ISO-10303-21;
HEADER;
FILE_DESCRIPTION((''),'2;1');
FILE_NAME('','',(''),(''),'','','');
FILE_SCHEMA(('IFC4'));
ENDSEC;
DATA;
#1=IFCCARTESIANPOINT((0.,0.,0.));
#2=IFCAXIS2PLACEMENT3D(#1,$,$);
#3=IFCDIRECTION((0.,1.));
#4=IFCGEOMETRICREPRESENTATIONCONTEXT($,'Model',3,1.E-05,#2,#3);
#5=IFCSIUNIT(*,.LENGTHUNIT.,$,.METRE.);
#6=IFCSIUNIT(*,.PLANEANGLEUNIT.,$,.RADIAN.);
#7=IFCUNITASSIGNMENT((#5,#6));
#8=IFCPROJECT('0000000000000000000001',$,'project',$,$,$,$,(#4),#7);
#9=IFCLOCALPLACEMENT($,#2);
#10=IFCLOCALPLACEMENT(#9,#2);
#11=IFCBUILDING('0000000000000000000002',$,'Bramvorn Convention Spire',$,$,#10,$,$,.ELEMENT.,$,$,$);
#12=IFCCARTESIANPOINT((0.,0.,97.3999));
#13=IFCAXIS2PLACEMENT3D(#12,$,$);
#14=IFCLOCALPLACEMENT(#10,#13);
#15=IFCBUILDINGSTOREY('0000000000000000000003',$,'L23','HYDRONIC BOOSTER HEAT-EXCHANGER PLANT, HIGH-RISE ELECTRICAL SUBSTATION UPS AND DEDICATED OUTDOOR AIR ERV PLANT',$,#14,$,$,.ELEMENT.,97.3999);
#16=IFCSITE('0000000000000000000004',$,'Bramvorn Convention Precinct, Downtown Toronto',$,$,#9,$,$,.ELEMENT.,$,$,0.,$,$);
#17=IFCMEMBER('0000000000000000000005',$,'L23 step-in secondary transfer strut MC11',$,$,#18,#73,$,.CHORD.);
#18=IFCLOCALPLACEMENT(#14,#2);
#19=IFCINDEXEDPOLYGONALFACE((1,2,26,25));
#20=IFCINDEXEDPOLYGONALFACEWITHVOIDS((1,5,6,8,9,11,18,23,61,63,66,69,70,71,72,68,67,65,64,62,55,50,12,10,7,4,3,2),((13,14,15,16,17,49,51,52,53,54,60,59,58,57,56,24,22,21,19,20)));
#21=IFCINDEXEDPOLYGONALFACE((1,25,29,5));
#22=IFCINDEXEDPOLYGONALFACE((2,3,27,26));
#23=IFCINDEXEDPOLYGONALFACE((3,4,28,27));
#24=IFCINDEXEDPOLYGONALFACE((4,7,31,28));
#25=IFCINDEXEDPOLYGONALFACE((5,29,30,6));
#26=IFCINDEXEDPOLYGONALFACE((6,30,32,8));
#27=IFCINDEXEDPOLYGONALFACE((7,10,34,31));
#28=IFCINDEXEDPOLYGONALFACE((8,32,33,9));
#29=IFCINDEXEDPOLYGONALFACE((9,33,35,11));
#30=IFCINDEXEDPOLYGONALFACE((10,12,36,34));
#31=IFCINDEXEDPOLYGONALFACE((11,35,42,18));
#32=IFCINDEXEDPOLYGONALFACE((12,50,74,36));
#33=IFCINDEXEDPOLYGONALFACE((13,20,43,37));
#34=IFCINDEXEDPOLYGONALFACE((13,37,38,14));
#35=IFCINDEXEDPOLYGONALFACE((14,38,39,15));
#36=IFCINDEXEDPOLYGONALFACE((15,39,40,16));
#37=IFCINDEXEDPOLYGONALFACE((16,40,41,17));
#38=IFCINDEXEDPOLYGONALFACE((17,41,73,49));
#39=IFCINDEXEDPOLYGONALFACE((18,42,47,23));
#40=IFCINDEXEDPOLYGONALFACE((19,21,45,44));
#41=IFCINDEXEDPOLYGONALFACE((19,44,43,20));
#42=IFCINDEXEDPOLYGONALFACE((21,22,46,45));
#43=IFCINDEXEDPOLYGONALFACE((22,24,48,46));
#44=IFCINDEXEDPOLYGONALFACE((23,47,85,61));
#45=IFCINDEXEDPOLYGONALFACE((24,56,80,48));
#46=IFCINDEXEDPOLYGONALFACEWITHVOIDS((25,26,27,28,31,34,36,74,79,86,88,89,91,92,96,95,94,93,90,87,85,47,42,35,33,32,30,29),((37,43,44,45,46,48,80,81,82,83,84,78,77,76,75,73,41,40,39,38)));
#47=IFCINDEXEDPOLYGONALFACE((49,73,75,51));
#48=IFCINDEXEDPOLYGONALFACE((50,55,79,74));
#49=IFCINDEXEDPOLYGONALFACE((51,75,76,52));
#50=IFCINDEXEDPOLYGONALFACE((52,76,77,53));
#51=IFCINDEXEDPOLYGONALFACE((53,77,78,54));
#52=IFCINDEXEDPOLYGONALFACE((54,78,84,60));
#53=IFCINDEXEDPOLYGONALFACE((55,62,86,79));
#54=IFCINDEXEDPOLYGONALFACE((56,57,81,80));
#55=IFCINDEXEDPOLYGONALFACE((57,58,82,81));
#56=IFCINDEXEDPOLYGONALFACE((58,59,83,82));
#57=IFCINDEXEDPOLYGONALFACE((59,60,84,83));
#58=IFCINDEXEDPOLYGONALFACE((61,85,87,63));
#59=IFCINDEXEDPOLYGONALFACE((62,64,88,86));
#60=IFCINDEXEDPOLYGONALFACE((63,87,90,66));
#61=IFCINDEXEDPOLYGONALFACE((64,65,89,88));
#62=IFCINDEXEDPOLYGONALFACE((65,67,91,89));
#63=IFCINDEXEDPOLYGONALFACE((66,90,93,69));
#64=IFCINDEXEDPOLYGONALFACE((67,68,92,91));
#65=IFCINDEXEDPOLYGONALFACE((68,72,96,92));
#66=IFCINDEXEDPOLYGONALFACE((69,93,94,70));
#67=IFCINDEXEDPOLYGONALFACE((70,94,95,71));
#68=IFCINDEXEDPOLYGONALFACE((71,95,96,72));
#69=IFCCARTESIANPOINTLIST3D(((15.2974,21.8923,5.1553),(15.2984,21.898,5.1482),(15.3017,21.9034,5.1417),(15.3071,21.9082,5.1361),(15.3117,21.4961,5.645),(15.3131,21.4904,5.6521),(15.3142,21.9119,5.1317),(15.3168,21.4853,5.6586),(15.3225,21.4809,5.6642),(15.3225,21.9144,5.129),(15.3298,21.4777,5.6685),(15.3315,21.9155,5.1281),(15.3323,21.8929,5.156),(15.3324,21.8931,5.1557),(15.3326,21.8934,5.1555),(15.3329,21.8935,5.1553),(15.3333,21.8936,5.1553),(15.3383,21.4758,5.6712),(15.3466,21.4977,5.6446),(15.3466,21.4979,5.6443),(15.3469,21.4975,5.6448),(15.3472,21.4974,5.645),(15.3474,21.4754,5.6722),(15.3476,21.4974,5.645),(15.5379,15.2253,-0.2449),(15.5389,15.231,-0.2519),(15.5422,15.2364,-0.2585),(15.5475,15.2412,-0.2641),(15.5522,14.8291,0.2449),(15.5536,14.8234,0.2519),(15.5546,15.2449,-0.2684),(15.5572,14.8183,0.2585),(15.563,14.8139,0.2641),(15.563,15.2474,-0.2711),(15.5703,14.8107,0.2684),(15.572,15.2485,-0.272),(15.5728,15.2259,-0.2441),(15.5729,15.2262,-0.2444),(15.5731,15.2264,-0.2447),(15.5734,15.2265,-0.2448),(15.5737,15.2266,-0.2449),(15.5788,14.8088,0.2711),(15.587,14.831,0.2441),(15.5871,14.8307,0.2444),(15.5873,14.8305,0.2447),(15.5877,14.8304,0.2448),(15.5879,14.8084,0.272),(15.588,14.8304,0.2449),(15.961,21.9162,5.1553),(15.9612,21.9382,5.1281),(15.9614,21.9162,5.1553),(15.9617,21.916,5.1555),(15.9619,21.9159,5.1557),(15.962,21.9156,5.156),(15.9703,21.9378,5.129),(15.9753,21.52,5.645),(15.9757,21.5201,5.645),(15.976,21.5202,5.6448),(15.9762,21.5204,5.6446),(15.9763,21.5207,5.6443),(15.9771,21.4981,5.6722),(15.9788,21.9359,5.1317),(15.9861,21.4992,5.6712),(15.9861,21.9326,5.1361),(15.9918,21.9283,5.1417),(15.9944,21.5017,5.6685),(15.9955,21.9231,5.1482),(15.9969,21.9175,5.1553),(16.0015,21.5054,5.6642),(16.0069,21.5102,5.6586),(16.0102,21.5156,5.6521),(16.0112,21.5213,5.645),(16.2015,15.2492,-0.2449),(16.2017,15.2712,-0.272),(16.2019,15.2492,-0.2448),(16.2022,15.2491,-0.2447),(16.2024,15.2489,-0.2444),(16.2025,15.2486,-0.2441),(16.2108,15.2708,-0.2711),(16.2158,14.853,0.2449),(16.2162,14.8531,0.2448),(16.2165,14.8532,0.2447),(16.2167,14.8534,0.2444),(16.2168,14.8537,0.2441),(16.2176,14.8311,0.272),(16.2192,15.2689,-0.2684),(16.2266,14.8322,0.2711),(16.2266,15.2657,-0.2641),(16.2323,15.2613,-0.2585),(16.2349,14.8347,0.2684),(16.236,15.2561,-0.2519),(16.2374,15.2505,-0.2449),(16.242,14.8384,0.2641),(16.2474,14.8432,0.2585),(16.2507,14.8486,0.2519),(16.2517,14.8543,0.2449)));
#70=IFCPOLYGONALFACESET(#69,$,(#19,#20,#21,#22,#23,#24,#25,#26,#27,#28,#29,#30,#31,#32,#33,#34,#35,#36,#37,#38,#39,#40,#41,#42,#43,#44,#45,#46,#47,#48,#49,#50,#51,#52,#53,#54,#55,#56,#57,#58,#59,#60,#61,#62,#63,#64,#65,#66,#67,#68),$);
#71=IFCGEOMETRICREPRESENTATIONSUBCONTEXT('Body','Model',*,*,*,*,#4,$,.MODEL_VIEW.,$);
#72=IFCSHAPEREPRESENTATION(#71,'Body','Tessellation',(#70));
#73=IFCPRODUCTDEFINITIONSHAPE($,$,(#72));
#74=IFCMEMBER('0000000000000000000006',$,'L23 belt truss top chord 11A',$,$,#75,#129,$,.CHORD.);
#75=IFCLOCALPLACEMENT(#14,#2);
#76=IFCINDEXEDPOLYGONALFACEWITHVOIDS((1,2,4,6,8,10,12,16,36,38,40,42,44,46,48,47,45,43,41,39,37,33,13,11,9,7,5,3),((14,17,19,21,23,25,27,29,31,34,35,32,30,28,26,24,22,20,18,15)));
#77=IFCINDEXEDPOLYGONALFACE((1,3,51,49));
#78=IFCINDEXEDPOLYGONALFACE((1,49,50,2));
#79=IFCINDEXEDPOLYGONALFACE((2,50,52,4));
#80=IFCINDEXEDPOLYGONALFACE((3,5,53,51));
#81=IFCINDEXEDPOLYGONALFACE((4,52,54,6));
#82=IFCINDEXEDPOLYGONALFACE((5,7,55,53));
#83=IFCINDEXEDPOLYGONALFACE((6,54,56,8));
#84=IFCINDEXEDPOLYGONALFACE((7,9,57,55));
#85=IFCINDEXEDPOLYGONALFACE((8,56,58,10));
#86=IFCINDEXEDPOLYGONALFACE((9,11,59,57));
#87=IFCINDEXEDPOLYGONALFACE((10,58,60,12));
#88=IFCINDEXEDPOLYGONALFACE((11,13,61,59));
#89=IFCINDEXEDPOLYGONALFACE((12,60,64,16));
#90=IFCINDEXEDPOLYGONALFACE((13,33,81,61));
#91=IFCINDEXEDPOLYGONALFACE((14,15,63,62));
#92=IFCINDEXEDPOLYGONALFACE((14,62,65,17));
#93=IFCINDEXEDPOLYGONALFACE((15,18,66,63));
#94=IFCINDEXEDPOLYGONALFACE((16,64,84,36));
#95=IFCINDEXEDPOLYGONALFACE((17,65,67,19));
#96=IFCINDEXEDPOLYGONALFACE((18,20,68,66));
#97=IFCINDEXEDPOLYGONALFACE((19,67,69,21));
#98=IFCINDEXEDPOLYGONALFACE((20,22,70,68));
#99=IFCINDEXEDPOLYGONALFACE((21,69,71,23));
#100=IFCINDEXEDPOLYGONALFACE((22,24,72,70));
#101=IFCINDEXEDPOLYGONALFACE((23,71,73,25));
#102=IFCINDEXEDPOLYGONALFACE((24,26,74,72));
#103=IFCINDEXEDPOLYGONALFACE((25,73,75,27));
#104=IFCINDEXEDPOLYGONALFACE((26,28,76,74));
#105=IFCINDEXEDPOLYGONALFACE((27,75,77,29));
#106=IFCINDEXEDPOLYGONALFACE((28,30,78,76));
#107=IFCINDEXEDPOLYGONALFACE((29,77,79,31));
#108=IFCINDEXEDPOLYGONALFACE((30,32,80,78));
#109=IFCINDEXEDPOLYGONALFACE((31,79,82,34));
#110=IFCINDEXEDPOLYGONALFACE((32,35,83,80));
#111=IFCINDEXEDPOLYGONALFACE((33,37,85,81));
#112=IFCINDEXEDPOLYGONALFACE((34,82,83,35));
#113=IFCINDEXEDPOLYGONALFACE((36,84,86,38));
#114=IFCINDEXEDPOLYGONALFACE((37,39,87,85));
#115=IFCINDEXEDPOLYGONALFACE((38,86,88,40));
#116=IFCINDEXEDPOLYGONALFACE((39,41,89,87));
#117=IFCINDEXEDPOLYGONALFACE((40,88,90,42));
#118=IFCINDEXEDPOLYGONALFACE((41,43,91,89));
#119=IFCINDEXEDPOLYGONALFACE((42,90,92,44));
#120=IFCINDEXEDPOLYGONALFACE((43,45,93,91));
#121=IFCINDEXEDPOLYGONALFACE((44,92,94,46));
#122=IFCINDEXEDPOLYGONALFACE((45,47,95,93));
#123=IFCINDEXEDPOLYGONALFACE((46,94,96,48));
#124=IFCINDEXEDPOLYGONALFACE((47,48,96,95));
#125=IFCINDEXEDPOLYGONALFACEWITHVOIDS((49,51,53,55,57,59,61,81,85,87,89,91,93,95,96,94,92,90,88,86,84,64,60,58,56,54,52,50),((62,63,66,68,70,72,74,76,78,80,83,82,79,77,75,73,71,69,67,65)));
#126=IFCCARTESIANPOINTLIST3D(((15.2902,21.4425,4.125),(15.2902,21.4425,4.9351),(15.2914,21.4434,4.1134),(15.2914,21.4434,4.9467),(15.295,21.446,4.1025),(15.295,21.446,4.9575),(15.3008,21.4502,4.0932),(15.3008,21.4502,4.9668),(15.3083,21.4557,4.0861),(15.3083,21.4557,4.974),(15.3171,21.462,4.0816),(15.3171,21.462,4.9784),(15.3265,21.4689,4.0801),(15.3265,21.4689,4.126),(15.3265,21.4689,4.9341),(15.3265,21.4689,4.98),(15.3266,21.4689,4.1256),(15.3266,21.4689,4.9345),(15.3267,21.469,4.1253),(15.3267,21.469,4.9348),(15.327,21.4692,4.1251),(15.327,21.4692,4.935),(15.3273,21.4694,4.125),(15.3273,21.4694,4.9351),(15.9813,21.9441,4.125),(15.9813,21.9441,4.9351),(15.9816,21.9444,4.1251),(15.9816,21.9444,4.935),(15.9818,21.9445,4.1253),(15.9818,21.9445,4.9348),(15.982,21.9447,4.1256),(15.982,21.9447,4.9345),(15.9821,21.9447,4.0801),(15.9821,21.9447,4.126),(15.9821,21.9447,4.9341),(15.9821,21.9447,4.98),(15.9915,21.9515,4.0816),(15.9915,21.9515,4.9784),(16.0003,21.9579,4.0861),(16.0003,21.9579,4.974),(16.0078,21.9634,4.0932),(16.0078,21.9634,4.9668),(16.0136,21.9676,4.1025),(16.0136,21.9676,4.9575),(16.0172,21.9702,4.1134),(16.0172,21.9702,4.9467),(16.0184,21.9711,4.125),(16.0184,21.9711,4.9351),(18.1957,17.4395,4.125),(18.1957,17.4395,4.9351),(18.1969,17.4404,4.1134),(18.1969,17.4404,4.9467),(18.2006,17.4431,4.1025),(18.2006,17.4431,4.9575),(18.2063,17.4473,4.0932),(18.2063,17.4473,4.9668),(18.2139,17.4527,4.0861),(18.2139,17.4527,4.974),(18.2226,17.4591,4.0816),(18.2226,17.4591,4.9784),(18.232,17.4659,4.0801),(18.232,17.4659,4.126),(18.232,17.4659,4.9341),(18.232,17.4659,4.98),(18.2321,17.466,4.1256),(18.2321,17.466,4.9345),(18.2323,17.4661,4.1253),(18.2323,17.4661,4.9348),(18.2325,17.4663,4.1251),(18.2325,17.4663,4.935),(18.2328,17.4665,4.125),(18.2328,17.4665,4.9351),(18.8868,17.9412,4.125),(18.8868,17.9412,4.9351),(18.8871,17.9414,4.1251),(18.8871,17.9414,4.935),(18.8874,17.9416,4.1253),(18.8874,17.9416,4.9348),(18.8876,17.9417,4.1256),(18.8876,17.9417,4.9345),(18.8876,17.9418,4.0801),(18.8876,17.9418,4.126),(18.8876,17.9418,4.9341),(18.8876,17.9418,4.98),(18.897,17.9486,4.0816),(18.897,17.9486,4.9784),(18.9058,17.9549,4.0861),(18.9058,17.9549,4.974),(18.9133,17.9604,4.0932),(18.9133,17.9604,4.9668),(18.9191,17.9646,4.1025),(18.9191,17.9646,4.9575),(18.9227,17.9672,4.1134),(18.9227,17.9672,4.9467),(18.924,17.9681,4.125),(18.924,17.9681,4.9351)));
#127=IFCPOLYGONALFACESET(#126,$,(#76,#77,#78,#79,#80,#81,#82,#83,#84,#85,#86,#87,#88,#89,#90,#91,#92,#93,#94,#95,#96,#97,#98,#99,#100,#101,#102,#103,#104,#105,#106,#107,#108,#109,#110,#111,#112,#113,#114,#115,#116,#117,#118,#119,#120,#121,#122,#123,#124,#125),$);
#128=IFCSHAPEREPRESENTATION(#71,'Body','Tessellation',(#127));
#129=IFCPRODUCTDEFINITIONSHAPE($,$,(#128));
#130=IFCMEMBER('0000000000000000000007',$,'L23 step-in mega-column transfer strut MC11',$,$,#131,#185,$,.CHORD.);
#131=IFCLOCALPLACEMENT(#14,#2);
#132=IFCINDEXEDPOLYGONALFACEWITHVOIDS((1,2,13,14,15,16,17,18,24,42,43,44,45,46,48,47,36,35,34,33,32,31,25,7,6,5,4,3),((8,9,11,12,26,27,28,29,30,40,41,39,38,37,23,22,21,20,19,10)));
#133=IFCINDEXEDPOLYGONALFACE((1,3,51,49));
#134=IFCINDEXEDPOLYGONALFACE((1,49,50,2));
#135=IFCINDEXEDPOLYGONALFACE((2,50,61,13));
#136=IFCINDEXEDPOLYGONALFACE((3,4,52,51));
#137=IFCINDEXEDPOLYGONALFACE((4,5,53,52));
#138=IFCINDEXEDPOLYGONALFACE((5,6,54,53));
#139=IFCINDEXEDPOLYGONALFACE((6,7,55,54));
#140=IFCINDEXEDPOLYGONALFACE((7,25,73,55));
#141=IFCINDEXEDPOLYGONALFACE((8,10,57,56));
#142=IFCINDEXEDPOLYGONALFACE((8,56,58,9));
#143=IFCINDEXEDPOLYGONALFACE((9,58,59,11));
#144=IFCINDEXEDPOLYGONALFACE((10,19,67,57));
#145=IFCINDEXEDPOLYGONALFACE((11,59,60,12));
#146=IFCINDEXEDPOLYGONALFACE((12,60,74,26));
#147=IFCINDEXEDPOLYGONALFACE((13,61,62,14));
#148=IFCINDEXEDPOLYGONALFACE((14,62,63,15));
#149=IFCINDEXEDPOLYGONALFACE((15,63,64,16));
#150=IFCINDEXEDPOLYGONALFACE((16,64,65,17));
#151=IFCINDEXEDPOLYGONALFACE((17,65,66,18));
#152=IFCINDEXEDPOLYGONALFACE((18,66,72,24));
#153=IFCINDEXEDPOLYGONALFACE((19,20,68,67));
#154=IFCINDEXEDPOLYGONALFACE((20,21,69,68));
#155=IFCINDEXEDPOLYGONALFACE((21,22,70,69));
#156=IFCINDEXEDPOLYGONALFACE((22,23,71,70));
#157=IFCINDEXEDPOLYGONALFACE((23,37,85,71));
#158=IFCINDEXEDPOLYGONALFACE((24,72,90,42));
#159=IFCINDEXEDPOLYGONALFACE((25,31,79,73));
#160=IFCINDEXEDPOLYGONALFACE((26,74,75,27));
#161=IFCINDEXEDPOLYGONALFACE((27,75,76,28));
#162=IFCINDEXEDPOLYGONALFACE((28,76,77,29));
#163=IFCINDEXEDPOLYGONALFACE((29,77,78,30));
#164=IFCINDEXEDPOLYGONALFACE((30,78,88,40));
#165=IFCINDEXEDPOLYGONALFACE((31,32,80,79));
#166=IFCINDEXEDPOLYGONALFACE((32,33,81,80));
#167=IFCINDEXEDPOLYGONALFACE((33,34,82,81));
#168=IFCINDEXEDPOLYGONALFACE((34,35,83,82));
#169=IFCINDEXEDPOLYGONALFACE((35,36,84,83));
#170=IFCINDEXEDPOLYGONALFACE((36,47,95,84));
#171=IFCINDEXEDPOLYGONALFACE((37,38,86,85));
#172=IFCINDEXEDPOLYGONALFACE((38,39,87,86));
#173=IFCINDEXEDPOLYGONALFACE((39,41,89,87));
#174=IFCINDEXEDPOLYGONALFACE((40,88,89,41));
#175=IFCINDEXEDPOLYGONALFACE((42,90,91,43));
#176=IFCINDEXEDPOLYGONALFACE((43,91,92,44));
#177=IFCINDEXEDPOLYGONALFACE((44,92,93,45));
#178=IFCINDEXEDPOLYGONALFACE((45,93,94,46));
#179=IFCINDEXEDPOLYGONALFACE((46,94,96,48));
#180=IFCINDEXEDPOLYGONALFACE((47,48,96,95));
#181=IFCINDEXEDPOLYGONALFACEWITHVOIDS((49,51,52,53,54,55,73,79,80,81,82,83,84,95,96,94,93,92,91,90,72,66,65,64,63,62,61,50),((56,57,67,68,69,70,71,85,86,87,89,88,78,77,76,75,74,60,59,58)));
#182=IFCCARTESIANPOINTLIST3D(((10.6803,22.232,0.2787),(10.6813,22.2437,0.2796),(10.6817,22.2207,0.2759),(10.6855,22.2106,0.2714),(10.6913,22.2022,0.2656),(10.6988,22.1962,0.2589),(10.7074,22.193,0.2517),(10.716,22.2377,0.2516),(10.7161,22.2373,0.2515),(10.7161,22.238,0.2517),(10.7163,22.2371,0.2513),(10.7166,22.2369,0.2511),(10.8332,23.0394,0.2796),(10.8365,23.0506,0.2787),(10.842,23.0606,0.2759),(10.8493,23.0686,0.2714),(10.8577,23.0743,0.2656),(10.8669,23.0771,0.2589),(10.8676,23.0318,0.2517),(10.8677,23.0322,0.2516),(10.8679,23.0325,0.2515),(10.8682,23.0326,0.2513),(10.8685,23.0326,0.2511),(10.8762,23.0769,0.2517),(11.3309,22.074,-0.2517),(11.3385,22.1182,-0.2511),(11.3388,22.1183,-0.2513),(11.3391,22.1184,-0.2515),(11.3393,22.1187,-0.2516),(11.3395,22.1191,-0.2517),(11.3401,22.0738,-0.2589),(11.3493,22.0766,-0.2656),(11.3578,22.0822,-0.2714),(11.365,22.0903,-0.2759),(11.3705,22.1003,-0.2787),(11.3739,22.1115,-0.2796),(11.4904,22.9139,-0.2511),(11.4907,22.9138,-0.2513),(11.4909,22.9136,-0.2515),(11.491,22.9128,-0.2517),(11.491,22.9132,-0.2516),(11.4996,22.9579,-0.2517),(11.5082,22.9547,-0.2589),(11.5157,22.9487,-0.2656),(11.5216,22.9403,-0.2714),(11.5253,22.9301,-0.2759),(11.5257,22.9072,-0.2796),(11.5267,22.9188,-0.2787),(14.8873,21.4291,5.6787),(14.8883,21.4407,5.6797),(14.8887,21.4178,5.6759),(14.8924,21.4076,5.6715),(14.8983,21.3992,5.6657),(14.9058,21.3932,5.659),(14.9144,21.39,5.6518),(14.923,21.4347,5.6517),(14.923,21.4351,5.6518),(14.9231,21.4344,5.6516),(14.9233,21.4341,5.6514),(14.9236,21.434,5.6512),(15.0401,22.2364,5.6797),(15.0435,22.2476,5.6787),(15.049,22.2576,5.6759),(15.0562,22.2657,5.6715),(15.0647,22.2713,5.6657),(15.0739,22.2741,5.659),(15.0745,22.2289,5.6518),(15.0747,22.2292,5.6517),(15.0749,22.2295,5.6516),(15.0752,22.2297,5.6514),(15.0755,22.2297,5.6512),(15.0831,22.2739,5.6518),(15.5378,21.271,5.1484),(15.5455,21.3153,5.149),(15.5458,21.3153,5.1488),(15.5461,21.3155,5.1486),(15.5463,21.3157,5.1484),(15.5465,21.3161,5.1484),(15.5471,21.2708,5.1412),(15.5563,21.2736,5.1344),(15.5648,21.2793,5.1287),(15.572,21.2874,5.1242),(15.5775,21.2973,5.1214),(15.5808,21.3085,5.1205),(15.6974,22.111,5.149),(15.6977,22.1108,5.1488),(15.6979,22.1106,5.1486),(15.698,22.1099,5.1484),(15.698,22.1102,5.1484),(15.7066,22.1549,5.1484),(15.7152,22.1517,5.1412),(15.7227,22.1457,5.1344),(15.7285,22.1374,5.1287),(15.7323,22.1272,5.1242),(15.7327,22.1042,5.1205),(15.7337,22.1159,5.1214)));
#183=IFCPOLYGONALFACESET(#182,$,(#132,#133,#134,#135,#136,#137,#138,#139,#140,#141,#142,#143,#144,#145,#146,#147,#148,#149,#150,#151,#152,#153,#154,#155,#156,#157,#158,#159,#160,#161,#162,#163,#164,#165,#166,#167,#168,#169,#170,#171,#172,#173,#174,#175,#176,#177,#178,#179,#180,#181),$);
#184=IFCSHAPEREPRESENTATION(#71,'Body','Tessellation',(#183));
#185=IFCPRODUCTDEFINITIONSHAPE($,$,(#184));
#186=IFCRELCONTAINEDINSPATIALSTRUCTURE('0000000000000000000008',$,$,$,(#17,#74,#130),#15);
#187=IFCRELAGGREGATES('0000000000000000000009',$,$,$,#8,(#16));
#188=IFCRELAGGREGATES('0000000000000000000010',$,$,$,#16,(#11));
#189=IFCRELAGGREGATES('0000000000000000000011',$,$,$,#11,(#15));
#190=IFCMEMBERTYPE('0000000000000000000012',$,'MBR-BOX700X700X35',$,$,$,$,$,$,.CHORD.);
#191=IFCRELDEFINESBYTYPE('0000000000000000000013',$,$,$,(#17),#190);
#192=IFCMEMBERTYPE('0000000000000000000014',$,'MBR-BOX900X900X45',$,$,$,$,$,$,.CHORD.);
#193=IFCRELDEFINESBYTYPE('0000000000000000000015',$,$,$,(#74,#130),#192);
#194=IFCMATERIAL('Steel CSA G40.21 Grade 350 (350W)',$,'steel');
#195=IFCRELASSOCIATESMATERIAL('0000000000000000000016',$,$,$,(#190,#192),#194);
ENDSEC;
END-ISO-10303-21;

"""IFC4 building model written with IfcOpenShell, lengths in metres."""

from ifc_helpers import new_model, si_unit, direction, frame, origin, origin_2d, place, context, subcontext, project, spatial, hollow_rectangle, extrude, material, material_profile, profile_set, type_object, element, save


model = new_model("IFC4")

# Units and contexts
model_context = context("Model", 3, precision=1e-05, world=origin(), true_north=direction((0.0, 1.0)))
body_context = subcontext(model_context, "Body", "Model", "MODEL_VIEW")
ifc_project = project(units=[si_unit("LENGTHUNIT", "METRE"), si_unit("PLANEANGLEUNIT", "RADIAN")], contexts=[model_context])

# Site, building, storey
site_placement = place(None, origin())
site = spatial("IfcSite", under=ifc_project, at=site_placement, Name="Bramvorn Convention Precinct, Downtown Toronto", CompositionType="ELEMENT", RefElevation=0.0)
building_placement = place(site_placement, origin())
building = spatial("IfcBuilding", under=site, at=building_placement, Name="Bramvorn Convention Spire", CompositionType="ELEMENT")
storey_placement = place(building_placement, frame((0.0, 0.0, 97.3999)))
storey = spatial("IfcBuildingStorey", under=building, at=storey_placement, Name="L23", Description="HYDRONIC BOOSTER HEAT-EXCHANGER PLANT, HIGH-RISE ELECTRICAL SUBSTATION UPS AND DEDICATED OUTDOOR AIR ERV PLANT", CompositionType="ELEMENT", Elevation=97.3999)

# Shared definitions
ifc_material_1 = material(Name="Steel CSA G40.21 Grade 350 (350W)", Category="steel")

# Members
ifc_material_profile_1 = material_profile(ifc_material_1, hollow_rectangle(XDim=0.7, YDim=0.7, WallThickness=0.0349, InnerFilletRadius=0.001, OuterFilletRadius=0.0349, at=origin_2d()))
ifc_profile_set_1 = profile_set([ifc_material_profile_1], Name="Steel CSA G40.21 Grade 350 (350W) - BOX700X700X35")
member_type_1 = type_object("IfcMemberType", Name="MBR-BOX700X700X35", PredefinedType="CHORD", material=ifc_profile_set_1)
member_1_placement = place(storey_placement, frame((15.8948, 15.0398, 0.0), z_axis=(-0.028018, 0.776765, 0.629166), x_axis=(-0.99935, -0.036047, 0.0)))
element("IfcMember", 1, at=member_1_placement, inside=storey, type_object=member_type_1, Name="L23 step-in secondary transfer strut MC11", PredefinedType="CHORD", context=body_context, shape_type="SweptSolid", body=[
    extrude(hollow_rectangle(XDim=0.7, YDim=0.7, WallThickness=0.0349, InnerFilletRadius=0.001, OuterFilletRadius=0.0349, at=origin_2d()), origin(), (0.0, 0.0, 1.0), 8.583),
])
ifc_material_profile_2 = material_profile(ifc_material_1, hollow_rectangle(XDim=0.8999, YDim=0.8999, WallThickness=0.0449, InnerFilletRadius=0.001, OuterFilletRadius=0.0449, at=origin_2d()))
ifc_profile_set_2 = profile_set([ifc_material_profile_2], Name="Steel CSA G40.21 Grade 350 (350W) - BOX900X900X45")
member_type_2 = type_object("IfcMemberType", Name="MBR-BOX900X900X45", PredefinedType="CHORD", material=ifc_profile_set_2)
member_2_placement = place(storey_placement, frame((15.6543, 21.7068, 4.53), z_axis=(0.587417, -0.809284, 0.0), x_axis=(0.809284, 0.587417, 0.0)))
element("IfcMember", 2, at=member_2_placement, inside=storey, type_object=member_type_2, Name="L23 belt truss top chord 11A", PredefinedType="CHORD", context=body_context, shape_type="SweptSolid", body=[
    extrude(hollow_rectangle(XDim=0.8999, YDim=0.8999, WallThickness=0.0449, InnerFilletRadius=0.001, OuterFilletRadius=0.0449, at=origin_2d()), origin(), (0.0, 0.0, 1.0), 4.9463),
])
member_3_placement = place(storey_placement, frame((11.1035, 22.5754, 0.0), z_axis=(0.610385, -0.116502, 0.783491), x_axis=(0.187481, 0.982268, 0.0)))
element("IfcMember", 3, at=member_3_placement, inside=storey, type_object=member_type_2, Name="L23 step-in mega-column transfer strut MC11", PredefinedType="CHORD", context=body_context, shape_type="SweptSolid", body=[
    extrude(hollow_rectangle(XDim=0.8999, YDim=0.8999, WallThickness=0.0449, InnerFilletRadius=0.001, OuterFilletRadius=0.0449, at=origin_2d()), origin(), (0.0, 0.0, 1.0), 6.8923),
])

save(model, "model.ifc")
